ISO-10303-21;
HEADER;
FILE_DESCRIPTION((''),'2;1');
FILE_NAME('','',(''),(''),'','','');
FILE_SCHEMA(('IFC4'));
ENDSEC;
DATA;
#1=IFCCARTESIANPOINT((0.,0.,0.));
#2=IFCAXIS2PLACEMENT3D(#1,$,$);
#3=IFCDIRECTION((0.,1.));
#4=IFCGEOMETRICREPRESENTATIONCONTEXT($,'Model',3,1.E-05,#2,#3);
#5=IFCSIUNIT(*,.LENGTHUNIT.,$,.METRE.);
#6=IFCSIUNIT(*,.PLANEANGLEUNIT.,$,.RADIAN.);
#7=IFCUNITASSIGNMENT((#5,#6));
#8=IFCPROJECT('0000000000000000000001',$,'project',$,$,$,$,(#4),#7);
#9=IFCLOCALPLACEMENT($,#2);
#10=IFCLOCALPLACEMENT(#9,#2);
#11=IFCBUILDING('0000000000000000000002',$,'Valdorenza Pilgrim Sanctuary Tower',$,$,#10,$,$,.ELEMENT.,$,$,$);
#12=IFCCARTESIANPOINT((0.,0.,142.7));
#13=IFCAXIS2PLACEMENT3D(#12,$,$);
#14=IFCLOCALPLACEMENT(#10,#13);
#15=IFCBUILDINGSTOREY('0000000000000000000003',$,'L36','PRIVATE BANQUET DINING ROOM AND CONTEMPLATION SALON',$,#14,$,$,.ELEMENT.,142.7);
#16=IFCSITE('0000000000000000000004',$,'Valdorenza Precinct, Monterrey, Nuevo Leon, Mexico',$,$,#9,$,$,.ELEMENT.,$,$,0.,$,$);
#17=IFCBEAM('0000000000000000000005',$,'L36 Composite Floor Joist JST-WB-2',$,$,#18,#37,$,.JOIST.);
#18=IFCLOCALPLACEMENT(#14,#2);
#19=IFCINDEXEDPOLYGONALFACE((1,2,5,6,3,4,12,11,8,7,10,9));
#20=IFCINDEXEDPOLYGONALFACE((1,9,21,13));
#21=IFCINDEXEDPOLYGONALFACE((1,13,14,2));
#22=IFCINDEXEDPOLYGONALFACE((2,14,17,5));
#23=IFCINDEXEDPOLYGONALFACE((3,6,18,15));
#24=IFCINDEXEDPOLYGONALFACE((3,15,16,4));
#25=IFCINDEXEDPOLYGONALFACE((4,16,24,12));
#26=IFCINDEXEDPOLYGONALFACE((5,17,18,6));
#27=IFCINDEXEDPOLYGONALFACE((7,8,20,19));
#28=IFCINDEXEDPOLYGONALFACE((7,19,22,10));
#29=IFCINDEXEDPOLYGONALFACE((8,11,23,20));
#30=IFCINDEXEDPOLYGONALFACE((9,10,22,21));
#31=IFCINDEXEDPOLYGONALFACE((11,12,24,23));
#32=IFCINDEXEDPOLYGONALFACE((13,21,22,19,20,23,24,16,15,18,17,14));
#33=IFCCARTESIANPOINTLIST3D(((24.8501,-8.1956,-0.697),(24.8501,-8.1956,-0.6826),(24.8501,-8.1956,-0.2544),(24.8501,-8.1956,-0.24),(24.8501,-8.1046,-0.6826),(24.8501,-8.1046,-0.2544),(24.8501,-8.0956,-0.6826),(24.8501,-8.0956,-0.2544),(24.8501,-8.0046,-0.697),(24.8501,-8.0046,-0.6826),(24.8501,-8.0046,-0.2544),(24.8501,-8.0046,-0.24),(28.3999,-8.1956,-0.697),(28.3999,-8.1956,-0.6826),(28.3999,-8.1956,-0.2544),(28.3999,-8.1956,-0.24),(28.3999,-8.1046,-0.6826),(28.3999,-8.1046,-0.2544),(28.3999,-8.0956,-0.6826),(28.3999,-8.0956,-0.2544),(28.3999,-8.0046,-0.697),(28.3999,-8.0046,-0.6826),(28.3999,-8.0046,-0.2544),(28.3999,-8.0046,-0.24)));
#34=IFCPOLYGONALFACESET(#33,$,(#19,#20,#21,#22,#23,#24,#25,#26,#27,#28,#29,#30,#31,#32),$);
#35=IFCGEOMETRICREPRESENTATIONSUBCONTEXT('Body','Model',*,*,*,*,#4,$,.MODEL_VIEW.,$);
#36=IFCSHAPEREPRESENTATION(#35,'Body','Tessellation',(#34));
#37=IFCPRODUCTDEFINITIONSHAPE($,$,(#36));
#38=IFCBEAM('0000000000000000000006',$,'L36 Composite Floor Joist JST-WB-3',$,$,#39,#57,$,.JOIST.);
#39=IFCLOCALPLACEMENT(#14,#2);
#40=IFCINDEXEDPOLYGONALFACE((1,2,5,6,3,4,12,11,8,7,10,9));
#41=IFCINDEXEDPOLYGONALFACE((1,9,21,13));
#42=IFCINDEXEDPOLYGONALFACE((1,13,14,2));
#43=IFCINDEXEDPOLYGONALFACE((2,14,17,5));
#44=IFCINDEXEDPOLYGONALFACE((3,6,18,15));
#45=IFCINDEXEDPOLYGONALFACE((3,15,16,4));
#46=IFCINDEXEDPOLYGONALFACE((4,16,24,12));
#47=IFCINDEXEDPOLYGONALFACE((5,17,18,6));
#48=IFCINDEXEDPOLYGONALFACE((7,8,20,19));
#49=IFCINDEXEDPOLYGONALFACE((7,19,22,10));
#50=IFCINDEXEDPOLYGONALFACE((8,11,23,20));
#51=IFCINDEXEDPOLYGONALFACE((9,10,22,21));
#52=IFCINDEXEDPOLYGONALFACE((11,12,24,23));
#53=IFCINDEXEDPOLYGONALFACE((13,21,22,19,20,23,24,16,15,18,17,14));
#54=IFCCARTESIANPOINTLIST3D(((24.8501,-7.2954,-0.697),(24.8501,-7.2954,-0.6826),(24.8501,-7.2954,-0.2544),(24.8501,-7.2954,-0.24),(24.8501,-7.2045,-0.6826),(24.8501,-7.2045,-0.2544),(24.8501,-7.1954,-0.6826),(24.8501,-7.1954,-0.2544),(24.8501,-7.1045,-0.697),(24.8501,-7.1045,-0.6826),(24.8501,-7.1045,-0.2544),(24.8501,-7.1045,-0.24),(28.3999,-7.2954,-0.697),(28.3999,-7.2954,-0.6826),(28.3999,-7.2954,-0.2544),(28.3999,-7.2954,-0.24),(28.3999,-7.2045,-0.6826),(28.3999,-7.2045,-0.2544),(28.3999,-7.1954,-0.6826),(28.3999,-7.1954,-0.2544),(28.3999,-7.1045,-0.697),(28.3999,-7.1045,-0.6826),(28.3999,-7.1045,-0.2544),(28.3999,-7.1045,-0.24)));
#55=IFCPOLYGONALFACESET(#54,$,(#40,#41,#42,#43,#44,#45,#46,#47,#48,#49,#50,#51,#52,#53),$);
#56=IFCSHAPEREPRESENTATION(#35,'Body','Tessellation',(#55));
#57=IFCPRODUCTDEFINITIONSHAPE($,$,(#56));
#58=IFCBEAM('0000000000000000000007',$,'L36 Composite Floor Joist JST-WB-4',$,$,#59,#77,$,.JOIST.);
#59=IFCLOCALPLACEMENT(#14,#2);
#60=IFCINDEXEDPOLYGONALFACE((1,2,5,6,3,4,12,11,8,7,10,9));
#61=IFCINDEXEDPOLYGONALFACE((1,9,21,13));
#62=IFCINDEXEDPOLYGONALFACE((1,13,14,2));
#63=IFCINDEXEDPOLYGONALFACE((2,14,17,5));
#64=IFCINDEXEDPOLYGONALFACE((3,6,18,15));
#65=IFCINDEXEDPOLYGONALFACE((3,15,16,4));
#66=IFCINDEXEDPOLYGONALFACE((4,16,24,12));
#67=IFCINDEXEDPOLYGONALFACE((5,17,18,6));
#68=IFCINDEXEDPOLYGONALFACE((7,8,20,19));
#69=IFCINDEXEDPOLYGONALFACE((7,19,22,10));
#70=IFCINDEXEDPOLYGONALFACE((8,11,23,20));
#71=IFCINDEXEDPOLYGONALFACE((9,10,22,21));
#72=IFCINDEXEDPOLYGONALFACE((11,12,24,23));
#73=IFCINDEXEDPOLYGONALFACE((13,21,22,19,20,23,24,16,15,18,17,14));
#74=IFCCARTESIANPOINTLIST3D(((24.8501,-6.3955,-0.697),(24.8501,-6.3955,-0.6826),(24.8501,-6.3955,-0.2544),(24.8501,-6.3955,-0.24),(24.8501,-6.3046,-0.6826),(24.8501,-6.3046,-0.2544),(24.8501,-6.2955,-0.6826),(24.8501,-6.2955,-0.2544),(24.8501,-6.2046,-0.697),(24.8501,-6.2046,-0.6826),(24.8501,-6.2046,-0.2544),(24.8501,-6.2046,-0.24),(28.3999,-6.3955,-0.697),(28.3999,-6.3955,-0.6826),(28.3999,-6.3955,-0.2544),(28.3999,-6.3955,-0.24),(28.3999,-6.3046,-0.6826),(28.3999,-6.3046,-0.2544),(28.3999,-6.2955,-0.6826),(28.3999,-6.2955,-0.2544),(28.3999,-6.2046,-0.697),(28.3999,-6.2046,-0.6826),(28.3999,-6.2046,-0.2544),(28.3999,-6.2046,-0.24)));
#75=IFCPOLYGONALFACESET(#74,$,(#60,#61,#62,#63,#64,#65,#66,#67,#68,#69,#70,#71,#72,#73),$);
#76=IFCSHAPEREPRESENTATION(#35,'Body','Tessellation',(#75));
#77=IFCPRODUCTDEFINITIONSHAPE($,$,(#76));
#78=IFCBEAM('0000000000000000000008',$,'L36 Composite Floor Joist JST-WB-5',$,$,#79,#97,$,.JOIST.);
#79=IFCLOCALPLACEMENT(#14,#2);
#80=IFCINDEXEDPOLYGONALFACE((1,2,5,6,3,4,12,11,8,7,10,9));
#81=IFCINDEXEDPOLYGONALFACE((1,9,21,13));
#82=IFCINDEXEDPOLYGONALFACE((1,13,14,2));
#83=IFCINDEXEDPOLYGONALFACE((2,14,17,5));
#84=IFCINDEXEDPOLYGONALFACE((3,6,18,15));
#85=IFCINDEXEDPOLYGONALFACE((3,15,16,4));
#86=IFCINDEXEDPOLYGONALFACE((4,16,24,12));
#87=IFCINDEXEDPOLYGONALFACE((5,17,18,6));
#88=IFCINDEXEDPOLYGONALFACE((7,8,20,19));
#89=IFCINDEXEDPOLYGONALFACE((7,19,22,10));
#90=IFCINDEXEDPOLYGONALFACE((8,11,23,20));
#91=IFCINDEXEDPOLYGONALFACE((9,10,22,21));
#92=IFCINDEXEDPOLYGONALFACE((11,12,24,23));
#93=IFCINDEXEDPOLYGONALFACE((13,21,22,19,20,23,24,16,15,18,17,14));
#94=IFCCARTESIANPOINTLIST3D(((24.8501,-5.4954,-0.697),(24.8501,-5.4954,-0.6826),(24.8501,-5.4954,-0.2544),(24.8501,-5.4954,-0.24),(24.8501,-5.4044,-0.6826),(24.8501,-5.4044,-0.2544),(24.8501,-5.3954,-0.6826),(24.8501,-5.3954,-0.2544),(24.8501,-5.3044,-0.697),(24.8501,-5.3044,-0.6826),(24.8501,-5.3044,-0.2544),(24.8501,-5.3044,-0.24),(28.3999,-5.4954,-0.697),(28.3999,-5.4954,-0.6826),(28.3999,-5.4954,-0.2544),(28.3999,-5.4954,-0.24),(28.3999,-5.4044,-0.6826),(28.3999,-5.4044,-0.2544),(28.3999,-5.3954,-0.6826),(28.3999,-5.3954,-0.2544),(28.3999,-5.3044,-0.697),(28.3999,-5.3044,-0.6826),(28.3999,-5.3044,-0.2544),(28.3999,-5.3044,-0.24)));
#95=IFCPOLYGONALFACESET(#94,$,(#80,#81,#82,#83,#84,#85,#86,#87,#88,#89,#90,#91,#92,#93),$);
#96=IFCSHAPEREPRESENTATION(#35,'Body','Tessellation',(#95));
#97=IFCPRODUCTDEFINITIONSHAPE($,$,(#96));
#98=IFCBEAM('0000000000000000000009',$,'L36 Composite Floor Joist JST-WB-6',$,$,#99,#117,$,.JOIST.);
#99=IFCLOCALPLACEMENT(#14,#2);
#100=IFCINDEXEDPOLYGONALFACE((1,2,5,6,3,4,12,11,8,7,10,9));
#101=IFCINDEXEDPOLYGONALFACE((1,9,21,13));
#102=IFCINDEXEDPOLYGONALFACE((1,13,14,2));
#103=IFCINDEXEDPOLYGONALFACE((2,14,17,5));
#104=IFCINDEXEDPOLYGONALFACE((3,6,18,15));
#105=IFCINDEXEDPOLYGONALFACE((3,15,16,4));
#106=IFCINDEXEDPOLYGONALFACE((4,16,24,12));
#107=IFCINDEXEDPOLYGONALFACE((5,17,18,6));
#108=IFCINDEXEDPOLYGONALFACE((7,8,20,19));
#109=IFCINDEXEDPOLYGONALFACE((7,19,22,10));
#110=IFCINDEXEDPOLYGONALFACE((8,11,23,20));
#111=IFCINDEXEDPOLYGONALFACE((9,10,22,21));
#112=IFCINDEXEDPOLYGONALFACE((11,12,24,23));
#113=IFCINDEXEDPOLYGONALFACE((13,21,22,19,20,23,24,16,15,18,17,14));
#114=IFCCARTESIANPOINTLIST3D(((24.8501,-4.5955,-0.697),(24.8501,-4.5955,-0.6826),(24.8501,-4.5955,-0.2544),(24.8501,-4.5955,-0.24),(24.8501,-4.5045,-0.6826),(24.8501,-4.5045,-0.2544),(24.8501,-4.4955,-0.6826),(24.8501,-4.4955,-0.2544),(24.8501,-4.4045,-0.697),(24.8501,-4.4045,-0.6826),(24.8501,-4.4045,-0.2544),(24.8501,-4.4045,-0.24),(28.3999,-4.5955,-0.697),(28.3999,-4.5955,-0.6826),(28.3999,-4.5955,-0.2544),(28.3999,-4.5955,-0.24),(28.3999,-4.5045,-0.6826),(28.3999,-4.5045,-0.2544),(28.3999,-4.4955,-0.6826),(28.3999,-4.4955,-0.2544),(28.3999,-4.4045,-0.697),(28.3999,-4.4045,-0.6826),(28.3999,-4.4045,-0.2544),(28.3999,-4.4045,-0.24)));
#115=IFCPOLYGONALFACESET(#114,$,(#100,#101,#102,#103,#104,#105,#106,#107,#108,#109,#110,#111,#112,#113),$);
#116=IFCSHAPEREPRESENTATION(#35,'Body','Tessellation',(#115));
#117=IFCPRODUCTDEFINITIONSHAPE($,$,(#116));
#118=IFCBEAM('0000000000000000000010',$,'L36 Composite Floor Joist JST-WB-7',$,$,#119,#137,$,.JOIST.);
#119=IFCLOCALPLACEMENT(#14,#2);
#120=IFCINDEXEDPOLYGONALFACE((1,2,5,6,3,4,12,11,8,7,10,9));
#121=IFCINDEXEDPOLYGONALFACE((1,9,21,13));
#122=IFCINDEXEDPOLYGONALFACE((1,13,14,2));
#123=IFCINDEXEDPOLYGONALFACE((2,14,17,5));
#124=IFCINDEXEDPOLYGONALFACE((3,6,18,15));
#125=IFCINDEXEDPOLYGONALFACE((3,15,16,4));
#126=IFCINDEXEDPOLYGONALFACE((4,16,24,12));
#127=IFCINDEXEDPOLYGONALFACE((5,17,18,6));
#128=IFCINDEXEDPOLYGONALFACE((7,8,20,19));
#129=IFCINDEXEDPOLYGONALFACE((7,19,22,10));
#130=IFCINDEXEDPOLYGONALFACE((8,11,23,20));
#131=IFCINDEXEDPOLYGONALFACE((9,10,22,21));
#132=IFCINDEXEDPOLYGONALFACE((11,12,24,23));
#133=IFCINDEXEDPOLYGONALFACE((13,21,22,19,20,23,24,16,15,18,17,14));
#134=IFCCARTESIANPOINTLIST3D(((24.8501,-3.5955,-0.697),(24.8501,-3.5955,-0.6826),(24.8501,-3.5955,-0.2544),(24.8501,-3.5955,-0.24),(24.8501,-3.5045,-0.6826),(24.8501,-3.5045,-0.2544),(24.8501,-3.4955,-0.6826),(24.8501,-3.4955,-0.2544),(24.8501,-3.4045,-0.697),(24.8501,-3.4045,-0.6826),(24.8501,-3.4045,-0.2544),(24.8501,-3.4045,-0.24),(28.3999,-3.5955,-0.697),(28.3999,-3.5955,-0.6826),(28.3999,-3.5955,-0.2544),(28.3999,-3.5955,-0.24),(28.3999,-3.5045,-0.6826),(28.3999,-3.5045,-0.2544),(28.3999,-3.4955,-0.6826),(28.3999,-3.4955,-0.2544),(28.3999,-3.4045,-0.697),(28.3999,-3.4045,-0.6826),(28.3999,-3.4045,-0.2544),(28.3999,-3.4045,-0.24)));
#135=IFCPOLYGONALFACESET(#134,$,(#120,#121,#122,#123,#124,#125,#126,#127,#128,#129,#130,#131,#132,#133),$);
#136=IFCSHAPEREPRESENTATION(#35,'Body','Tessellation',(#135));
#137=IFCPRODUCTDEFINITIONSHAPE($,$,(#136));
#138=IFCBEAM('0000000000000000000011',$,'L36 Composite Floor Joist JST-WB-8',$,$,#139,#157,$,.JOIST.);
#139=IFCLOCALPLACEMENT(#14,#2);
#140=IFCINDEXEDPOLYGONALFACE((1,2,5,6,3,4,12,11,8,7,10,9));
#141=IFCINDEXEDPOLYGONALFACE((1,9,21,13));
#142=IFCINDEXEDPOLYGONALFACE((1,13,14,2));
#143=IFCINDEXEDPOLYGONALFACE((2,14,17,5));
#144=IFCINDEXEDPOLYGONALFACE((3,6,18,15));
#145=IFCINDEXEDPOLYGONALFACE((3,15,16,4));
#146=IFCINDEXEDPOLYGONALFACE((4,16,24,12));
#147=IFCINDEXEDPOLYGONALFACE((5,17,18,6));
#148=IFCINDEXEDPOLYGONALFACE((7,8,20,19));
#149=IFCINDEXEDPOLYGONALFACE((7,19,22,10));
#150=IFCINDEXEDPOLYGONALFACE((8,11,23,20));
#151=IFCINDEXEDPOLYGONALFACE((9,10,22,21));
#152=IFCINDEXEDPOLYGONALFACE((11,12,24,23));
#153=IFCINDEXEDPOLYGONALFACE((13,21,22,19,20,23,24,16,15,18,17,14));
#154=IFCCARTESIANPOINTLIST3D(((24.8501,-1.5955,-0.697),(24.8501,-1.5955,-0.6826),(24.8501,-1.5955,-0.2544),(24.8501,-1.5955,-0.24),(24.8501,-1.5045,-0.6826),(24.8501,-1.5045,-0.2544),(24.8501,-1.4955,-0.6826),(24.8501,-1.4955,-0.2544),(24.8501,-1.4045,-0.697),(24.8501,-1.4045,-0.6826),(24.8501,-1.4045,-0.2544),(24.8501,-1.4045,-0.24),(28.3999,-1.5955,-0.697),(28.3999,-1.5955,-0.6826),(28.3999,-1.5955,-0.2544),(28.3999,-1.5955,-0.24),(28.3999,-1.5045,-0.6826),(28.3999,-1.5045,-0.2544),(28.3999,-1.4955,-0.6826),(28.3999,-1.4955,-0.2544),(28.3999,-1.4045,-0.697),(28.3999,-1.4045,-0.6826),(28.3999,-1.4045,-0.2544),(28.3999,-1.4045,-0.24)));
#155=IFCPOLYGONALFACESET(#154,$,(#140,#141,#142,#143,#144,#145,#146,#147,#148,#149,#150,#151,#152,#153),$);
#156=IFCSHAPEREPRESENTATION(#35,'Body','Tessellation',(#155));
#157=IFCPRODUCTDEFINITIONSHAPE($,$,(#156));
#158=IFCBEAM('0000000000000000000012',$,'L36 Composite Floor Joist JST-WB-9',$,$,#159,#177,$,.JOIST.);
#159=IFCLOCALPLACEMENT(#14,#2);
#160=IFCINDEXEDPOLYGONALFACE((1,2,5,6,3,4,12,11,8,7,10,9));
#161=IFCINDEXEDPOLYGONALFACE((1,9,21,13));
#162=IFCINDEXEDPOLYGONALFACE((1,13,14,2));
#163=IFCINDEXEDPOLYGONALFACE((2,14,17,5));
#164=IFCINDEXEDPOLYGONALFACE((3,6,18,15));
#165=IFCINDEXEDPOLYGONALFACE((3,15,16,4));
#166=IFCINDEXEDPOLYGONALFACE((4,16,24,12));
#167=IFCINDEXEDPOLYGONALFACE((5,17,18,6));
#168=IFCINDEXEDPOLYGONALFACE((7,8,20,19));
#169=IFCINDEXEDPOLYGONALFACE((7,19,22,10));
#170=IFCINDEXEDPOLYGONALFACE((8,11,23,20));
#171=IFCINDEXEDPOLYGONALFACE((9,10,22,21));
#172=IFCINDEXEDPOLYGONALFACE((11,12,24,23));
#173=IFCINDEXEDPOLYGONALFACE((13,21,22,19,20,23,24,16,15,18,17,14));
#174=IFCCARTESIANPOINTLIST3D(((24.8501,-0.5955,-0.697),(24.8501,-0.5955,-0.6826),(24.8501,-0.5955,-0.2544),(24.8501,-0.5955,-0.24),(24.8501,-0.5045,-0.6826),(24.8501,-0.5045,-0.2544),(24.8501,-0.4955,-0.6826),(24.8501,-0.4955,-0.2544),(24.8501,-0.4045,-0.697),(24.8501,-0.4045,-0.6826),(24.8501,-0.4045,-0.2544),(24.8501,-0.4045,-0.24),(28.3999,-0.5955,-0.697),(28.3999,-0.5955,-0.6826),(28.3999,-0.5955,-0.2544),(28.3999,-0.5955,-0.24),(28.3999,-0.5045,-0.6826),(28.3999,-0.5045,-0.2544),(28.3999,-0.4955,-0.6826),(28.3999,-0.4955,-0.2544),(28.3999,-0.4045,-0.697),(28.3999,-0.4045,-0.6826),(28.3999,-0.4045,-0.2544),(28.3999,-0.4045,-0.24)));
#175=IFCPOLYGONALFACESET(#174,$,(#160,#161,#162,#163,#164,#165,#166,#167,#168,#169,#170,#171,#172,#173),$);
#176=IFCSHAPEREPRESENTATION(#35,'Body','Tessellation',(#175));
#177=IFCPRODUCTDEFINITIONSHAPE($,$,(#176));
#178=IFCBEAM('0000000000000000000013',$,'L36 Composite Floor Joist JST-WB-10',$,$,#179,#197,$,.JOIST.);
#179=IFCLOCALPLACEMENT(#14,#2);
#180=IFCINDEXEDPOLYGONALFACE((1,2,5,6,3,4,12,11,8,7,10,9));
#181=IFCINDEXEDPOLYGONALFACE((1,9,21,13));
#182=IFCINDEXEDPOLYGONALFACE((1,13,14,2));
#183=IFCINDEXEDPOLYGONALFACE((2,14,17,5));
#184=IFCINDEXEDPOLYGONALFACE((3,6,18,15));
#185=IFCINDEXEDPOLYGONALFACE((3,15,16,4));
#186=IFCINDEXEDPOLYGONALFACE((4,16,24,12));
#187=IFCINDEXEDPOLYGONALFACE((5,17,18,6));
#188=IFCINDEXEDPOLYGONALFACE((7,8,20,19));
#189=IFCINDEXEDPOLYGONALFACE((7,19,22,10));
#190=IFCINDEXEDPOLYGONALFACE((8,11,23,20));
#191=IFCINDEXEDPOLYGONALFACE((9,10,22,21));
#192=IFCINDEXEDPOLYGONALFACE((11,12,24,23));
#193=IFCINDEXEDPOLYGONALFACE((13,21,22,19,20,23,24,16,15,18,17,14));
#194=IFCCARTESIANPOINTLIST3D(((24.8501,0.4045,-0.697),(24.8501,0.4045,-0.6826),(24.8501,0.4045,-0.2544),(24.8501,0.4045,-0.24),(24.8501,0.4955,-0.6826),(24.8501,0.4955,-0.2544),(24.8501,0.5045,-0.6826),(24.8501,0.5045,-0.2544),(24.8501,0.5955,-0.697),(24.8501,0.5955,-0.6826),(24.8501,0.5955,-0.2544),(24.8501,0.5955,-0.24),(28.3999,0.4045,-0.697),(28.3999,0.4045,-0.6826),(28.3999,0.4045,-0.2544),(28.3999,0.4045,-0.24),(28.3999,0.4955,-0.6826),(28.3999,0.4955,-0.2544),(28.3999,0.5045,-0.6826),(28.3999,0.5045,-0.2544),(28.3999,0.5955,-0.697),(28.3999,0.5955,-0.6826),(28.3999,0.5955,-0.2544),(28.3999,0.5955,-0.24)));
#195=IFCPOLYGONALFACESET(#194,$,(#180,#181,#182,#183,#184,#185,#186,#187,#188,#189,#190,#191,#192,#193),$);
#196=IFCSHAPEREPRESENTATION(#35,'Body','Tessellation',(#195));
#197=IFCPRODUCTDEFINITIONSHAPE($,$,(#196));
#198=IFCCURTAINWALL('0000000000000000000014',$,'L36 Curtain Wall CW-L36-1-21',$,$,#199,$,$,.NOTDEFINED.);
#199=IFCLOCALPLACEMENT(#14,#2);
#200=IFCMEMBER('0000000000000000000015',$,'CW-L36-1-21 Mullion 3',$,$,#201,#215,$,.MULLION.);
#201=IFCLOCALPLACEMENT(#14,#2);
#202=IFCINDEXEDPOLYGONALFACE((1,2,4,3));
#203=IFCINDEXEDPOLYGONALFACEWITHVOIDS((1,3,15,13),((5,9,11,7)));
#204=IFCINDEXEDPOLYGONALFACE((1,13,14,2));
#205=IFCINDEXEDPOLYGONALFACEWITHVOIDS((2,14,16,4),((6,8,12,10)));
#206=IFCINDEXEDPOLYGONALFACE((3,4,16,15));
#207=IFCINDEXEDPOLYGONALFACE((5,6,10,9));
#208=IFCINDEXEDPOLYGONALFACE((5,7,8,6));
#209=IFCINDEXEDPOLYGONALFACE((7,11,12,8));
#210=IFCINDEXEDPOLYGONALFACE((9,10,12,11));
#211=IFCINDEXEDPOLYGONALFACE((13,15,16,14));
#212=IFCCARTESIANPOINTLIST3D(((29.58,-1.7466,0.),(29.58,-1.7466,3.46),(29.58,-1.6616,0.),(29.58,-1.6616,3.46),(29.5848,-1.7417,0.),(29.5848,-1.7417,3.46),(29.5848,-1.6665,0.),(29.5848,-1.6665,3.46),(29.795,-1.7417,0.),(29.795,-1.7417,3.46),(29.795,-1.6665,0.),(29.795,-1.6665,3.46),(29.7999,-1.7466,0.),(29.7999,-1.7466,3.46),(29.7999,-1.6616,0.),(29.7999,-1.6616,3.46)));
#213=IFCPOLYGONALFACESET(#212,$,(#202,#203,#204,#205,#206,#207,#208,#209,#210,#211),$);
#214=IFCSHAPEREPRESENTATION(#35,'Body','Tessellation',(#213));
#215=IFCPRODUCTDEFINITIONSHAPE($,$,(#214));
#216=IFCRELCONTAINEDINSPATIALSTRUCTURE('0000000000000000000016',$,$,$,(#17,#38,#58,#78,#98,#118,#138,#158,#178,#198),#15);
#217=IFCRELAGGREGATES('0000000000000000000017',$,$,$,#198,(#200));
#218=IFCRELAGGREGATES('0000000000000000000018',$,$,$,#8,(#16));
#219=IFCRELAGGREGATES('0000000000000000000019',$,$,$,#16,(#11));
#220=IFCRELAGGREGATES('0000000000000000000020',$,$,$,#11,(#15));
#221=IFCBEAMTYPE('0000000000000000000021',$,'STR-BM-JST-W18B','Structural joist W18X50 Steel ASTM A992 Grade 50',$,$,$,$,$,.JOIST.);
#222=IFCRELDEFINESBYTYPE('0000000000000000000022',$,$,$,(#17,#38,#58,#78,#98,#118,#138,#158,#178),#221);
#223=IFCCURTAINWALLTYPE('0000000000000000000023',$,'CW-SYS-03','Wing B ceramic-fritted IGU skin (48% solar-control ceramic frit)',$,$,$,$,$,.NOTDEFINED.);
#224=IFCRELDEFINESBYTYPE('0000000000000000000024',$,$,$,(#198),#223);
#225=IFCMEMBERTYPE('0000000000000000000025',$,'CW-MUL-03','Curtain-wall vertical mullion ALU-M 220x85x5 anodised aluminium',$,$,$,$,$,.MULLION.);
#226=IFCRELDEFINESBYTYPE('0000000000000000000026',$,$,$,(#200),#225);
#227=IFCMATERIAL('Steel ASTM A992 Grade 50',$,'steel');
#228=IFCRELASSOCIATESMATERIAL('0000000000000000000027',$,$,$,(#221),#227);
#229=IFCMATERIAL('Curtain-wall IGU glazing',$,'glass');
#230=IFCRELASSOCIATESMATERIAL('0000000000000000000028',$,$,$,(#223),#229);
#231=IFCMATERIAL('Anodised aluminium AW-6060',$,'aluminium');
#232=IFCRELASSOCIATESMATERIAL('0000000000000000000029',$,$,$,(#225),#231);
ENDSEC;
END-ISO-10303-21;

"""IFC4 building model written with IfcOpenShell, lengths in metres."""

from ifc_helpers import new_model, si_unit, direction, frame, origin, origin_2d, place, context, subcontext, project, spatial, hollow_rectangle, i_section, extrude, source, transform, mapped, material, material_profile, profile_set, type_object, element, aggregate, save


model = new_model("IFC4")

# Units and contexts
model_context = context("Model", 3, precision=1e-05, world=origin(), true_north=direction((0.0, 1.0)))
body_context = subcontext(model_context, "Body", "Model", "MODEL_VIEW")
ifc_project = project(units=[si_unit("LENGTHUNIT", "METRE"), si_unit("PLANEANGLEUNIT", "RADIAN")], contexts=[model_context])

# Site, building, storey
site_placement = place(None, origin())
site = spatial("IfcSite", under=ifc_project, at=site_placement, Name="Valdorenza Precinct, Monterrey, Nuevo Leon, Mexico", CompositionType="ELEMENT", RefElevation=0.0)
building_placement = place(site_placement, origin())
building = spatial("IfcBuilding", under=site, at=building_placement, Name="Valdorenza Pilgrim Sanctuary Tower", CompositionType="ELEMENT")
storey_placement = place(building_placement, frame((0.0, 0.0, 142.7)))
storey = spatial("IfcBuildingStorey", under=building, at=storey_placement, Name="L36", Description="PRIVATE BANQUET DINING ROOM AND CONTEMPLATION SALON", CompositionType="ELEMENT", Elevation=142.7)

# Shared definitions
ifc_material_1 = material(Name="Steel ASTM A992 Grade 50", Category="steel")

# Beams
ifc_material_profile_1 = material_profile(ifc_material_1, i_section(OverallWidth=0.1909, OverallDepth=0.457, WebThickness=0.009, FlangeThickness=0.0144, at=origin_2d()), Name="W18X50")
ifc_profile_set_1 = profile_set([ifc_material_profile_1], Name="Steel ASTM A992 Grade 50")
beam_type_1 = type_object("IfcBeamType", Name="STR-BM-JST-W18B", Description="Structural joist W18X50 Steel ASTM A992 Grade 50", PredefinedType="JOIST", material=ifc_profile_set_1)
shared_shape_1 = source(origin(), body_context, "Body", "SweptSolid", [
    extrude(i_section(OverallWidth=0.1909, OverallDepth=0.457, WebThickness=0.009, FlangeThickness=0.0144, at=origin_2d()), origin(), (0.0, 0.0, 1.0), 3.5498),
])
for number, where, z_axis, x_axis, name in (
    (1, (24.8501, -8.1001, -0.4685), (1.0, 0.0, 0.0), (0.0, 1.0, 0.0), "L36 Composite Floor Joist JST-WB-2"),
    (2, (24.8501, -7.2, -0.4685), (1.0, 0.0, 0.0), (0.0, 1.0, 0.0), "L36 Composite Floor Joist JST-WB-3"),
    (3, (24.8501, -6.3, -0.4685), (1.0, 0.0, 0.0), (0.0, 1.0, 0.0), "L36 Composite Floor Joist JST-WB-4"),
    (4, (24.8501, -5.3999, -0.4685), (1.0, 0.0, 0.0), (0.0, 1.0, 0.0), "L36 Composite Floor Joist JST-WB-5"),
    (5, (24.8501, -4.5, -0.4685), (1.0, 0.0, 0.0), (0.0, 1.0, 0.0), "L36 Composite Floor Joist JST-WB-6"),
    (6, (24.8501, -3.5, -0.4685), (1.0, 0.0, 0.0), (0.0, 1.0, 0.0), "L36 Composite Floor Joist JST-WB-7"),
    (7, (24.8501, -1.5, -0.4685), (1.0, 0.0, 0.0), (0.0, 1.0, 0.0), "L36 Composite Floor Joist JST-WB-8"),
    (8, (24.8501, -0.5, -0.4685), (1.0, 0.0, 0.0), (0.0, 1.0, 0.0), "L36 Composite Floor Joist JST-WB-9"),
    (9, (24.8501, 0.5, -0.4685), (1.0, 0.0, 0.0), (0.0, 1.0, 0.0), "L36 Composite Floor Joist JST-WB-10"),
):
    element("IfcBeam", number, at=place(storey_placement, frame(where, z_axis=z_axis, x_axis=x_axis)), inside=storey, type_object=beam_type_1, Name=name, PredefinedType="JOIST", context=body_context, shape_type="MappedRepresentation", body=[
        mapped(shared_shape_1, transform((0.0, 0.0, 0.0), x_axis=(1.0, 0.0, 0.0), y_axis=(0.0, 1.0, 0.0), z_axis=(0.0, 0.0, 1.0), scale=1.0)),
    ])

# Curtain wall, member
ifc_material_2 = material(Name="Curtain-wall IGU glazing", Category="glass")
curtain_wall_type = type_object("IfcCurtainWallType", Name="CW-SYS-03", Description="Wing B ceramic-fritted IGU skin (48% solar-control ceramic frit)", PredefinedType="NOTDEFINED", material=ifc_material_2)
curtain_wall_1_placement = place(storey_placement, origin())
curtain_wall_1 = element("IfcCurtainWall", 10, at=curtain_wall_1_placement, inside=storey, type_object=curtain_wall_type, Name="L36 Curtain Wall CW-L36-1-21", PredefinedType="NOTDEFINED")
ifc_material_3 = material(Name="Anodised aluminium AW-6060", Category="aluminium")
ifc_material_profile_2 = material_profile(ifc_material_3, hollow_rectangle(XDim=0.085, YDim=0.22, WallThickness=0.0049, at=origin_2d()), Name="ALU-M 220x85x5")
ifc_profile_set_2 = profile_set([ifc_material_profile_2], Name="Anodised aluminium AW-6060")
member_type_1 = type_object("IfcMemberType", Name="CW-MUL-03", Description="Curtain-wall vertical mullion ALU-M 220x85x5 anodised aluminium", PredefinedType="MULLION", material=ifc_profile_set_2)
shared_shape_2 = source(origin(), body_context, "Body", "SweptSolid", [
    extrude(hollow_rectangle(XDim=0.085, YDim=0.22, WallThickness=0.0049, at=origin_2d()), origin(), (0.0, 0.0, 1.0), 3.46),
])
member_1_placement = place(storey_placement, frame((29.6899, -1.7041, 0.0), z_axis=(0.0, 0.0, 1.0), x_axis=(0.0, -1.0, 0.0)))
member_1 = element("IfcMember", 11, at=member_1_placement, type_object=member_type_1, Name="CW-L36-1-21 Mullion 3", PredefinedType="MULLION", context=body_context, shape_type="MappedRepresentation", body=[
    mapped(shared_shape_2, transform((0.0, 0.0, 0.0), x_axis=(1.0, 0.0, 0.0), y_axis=(0.0, 1.0, 0.0), z_axis=(0.0, 0.0, 1.0), scale=1.0)),
])

aggregate(curtain_wall_1, [member_1])

save(model, "model.ifc")
